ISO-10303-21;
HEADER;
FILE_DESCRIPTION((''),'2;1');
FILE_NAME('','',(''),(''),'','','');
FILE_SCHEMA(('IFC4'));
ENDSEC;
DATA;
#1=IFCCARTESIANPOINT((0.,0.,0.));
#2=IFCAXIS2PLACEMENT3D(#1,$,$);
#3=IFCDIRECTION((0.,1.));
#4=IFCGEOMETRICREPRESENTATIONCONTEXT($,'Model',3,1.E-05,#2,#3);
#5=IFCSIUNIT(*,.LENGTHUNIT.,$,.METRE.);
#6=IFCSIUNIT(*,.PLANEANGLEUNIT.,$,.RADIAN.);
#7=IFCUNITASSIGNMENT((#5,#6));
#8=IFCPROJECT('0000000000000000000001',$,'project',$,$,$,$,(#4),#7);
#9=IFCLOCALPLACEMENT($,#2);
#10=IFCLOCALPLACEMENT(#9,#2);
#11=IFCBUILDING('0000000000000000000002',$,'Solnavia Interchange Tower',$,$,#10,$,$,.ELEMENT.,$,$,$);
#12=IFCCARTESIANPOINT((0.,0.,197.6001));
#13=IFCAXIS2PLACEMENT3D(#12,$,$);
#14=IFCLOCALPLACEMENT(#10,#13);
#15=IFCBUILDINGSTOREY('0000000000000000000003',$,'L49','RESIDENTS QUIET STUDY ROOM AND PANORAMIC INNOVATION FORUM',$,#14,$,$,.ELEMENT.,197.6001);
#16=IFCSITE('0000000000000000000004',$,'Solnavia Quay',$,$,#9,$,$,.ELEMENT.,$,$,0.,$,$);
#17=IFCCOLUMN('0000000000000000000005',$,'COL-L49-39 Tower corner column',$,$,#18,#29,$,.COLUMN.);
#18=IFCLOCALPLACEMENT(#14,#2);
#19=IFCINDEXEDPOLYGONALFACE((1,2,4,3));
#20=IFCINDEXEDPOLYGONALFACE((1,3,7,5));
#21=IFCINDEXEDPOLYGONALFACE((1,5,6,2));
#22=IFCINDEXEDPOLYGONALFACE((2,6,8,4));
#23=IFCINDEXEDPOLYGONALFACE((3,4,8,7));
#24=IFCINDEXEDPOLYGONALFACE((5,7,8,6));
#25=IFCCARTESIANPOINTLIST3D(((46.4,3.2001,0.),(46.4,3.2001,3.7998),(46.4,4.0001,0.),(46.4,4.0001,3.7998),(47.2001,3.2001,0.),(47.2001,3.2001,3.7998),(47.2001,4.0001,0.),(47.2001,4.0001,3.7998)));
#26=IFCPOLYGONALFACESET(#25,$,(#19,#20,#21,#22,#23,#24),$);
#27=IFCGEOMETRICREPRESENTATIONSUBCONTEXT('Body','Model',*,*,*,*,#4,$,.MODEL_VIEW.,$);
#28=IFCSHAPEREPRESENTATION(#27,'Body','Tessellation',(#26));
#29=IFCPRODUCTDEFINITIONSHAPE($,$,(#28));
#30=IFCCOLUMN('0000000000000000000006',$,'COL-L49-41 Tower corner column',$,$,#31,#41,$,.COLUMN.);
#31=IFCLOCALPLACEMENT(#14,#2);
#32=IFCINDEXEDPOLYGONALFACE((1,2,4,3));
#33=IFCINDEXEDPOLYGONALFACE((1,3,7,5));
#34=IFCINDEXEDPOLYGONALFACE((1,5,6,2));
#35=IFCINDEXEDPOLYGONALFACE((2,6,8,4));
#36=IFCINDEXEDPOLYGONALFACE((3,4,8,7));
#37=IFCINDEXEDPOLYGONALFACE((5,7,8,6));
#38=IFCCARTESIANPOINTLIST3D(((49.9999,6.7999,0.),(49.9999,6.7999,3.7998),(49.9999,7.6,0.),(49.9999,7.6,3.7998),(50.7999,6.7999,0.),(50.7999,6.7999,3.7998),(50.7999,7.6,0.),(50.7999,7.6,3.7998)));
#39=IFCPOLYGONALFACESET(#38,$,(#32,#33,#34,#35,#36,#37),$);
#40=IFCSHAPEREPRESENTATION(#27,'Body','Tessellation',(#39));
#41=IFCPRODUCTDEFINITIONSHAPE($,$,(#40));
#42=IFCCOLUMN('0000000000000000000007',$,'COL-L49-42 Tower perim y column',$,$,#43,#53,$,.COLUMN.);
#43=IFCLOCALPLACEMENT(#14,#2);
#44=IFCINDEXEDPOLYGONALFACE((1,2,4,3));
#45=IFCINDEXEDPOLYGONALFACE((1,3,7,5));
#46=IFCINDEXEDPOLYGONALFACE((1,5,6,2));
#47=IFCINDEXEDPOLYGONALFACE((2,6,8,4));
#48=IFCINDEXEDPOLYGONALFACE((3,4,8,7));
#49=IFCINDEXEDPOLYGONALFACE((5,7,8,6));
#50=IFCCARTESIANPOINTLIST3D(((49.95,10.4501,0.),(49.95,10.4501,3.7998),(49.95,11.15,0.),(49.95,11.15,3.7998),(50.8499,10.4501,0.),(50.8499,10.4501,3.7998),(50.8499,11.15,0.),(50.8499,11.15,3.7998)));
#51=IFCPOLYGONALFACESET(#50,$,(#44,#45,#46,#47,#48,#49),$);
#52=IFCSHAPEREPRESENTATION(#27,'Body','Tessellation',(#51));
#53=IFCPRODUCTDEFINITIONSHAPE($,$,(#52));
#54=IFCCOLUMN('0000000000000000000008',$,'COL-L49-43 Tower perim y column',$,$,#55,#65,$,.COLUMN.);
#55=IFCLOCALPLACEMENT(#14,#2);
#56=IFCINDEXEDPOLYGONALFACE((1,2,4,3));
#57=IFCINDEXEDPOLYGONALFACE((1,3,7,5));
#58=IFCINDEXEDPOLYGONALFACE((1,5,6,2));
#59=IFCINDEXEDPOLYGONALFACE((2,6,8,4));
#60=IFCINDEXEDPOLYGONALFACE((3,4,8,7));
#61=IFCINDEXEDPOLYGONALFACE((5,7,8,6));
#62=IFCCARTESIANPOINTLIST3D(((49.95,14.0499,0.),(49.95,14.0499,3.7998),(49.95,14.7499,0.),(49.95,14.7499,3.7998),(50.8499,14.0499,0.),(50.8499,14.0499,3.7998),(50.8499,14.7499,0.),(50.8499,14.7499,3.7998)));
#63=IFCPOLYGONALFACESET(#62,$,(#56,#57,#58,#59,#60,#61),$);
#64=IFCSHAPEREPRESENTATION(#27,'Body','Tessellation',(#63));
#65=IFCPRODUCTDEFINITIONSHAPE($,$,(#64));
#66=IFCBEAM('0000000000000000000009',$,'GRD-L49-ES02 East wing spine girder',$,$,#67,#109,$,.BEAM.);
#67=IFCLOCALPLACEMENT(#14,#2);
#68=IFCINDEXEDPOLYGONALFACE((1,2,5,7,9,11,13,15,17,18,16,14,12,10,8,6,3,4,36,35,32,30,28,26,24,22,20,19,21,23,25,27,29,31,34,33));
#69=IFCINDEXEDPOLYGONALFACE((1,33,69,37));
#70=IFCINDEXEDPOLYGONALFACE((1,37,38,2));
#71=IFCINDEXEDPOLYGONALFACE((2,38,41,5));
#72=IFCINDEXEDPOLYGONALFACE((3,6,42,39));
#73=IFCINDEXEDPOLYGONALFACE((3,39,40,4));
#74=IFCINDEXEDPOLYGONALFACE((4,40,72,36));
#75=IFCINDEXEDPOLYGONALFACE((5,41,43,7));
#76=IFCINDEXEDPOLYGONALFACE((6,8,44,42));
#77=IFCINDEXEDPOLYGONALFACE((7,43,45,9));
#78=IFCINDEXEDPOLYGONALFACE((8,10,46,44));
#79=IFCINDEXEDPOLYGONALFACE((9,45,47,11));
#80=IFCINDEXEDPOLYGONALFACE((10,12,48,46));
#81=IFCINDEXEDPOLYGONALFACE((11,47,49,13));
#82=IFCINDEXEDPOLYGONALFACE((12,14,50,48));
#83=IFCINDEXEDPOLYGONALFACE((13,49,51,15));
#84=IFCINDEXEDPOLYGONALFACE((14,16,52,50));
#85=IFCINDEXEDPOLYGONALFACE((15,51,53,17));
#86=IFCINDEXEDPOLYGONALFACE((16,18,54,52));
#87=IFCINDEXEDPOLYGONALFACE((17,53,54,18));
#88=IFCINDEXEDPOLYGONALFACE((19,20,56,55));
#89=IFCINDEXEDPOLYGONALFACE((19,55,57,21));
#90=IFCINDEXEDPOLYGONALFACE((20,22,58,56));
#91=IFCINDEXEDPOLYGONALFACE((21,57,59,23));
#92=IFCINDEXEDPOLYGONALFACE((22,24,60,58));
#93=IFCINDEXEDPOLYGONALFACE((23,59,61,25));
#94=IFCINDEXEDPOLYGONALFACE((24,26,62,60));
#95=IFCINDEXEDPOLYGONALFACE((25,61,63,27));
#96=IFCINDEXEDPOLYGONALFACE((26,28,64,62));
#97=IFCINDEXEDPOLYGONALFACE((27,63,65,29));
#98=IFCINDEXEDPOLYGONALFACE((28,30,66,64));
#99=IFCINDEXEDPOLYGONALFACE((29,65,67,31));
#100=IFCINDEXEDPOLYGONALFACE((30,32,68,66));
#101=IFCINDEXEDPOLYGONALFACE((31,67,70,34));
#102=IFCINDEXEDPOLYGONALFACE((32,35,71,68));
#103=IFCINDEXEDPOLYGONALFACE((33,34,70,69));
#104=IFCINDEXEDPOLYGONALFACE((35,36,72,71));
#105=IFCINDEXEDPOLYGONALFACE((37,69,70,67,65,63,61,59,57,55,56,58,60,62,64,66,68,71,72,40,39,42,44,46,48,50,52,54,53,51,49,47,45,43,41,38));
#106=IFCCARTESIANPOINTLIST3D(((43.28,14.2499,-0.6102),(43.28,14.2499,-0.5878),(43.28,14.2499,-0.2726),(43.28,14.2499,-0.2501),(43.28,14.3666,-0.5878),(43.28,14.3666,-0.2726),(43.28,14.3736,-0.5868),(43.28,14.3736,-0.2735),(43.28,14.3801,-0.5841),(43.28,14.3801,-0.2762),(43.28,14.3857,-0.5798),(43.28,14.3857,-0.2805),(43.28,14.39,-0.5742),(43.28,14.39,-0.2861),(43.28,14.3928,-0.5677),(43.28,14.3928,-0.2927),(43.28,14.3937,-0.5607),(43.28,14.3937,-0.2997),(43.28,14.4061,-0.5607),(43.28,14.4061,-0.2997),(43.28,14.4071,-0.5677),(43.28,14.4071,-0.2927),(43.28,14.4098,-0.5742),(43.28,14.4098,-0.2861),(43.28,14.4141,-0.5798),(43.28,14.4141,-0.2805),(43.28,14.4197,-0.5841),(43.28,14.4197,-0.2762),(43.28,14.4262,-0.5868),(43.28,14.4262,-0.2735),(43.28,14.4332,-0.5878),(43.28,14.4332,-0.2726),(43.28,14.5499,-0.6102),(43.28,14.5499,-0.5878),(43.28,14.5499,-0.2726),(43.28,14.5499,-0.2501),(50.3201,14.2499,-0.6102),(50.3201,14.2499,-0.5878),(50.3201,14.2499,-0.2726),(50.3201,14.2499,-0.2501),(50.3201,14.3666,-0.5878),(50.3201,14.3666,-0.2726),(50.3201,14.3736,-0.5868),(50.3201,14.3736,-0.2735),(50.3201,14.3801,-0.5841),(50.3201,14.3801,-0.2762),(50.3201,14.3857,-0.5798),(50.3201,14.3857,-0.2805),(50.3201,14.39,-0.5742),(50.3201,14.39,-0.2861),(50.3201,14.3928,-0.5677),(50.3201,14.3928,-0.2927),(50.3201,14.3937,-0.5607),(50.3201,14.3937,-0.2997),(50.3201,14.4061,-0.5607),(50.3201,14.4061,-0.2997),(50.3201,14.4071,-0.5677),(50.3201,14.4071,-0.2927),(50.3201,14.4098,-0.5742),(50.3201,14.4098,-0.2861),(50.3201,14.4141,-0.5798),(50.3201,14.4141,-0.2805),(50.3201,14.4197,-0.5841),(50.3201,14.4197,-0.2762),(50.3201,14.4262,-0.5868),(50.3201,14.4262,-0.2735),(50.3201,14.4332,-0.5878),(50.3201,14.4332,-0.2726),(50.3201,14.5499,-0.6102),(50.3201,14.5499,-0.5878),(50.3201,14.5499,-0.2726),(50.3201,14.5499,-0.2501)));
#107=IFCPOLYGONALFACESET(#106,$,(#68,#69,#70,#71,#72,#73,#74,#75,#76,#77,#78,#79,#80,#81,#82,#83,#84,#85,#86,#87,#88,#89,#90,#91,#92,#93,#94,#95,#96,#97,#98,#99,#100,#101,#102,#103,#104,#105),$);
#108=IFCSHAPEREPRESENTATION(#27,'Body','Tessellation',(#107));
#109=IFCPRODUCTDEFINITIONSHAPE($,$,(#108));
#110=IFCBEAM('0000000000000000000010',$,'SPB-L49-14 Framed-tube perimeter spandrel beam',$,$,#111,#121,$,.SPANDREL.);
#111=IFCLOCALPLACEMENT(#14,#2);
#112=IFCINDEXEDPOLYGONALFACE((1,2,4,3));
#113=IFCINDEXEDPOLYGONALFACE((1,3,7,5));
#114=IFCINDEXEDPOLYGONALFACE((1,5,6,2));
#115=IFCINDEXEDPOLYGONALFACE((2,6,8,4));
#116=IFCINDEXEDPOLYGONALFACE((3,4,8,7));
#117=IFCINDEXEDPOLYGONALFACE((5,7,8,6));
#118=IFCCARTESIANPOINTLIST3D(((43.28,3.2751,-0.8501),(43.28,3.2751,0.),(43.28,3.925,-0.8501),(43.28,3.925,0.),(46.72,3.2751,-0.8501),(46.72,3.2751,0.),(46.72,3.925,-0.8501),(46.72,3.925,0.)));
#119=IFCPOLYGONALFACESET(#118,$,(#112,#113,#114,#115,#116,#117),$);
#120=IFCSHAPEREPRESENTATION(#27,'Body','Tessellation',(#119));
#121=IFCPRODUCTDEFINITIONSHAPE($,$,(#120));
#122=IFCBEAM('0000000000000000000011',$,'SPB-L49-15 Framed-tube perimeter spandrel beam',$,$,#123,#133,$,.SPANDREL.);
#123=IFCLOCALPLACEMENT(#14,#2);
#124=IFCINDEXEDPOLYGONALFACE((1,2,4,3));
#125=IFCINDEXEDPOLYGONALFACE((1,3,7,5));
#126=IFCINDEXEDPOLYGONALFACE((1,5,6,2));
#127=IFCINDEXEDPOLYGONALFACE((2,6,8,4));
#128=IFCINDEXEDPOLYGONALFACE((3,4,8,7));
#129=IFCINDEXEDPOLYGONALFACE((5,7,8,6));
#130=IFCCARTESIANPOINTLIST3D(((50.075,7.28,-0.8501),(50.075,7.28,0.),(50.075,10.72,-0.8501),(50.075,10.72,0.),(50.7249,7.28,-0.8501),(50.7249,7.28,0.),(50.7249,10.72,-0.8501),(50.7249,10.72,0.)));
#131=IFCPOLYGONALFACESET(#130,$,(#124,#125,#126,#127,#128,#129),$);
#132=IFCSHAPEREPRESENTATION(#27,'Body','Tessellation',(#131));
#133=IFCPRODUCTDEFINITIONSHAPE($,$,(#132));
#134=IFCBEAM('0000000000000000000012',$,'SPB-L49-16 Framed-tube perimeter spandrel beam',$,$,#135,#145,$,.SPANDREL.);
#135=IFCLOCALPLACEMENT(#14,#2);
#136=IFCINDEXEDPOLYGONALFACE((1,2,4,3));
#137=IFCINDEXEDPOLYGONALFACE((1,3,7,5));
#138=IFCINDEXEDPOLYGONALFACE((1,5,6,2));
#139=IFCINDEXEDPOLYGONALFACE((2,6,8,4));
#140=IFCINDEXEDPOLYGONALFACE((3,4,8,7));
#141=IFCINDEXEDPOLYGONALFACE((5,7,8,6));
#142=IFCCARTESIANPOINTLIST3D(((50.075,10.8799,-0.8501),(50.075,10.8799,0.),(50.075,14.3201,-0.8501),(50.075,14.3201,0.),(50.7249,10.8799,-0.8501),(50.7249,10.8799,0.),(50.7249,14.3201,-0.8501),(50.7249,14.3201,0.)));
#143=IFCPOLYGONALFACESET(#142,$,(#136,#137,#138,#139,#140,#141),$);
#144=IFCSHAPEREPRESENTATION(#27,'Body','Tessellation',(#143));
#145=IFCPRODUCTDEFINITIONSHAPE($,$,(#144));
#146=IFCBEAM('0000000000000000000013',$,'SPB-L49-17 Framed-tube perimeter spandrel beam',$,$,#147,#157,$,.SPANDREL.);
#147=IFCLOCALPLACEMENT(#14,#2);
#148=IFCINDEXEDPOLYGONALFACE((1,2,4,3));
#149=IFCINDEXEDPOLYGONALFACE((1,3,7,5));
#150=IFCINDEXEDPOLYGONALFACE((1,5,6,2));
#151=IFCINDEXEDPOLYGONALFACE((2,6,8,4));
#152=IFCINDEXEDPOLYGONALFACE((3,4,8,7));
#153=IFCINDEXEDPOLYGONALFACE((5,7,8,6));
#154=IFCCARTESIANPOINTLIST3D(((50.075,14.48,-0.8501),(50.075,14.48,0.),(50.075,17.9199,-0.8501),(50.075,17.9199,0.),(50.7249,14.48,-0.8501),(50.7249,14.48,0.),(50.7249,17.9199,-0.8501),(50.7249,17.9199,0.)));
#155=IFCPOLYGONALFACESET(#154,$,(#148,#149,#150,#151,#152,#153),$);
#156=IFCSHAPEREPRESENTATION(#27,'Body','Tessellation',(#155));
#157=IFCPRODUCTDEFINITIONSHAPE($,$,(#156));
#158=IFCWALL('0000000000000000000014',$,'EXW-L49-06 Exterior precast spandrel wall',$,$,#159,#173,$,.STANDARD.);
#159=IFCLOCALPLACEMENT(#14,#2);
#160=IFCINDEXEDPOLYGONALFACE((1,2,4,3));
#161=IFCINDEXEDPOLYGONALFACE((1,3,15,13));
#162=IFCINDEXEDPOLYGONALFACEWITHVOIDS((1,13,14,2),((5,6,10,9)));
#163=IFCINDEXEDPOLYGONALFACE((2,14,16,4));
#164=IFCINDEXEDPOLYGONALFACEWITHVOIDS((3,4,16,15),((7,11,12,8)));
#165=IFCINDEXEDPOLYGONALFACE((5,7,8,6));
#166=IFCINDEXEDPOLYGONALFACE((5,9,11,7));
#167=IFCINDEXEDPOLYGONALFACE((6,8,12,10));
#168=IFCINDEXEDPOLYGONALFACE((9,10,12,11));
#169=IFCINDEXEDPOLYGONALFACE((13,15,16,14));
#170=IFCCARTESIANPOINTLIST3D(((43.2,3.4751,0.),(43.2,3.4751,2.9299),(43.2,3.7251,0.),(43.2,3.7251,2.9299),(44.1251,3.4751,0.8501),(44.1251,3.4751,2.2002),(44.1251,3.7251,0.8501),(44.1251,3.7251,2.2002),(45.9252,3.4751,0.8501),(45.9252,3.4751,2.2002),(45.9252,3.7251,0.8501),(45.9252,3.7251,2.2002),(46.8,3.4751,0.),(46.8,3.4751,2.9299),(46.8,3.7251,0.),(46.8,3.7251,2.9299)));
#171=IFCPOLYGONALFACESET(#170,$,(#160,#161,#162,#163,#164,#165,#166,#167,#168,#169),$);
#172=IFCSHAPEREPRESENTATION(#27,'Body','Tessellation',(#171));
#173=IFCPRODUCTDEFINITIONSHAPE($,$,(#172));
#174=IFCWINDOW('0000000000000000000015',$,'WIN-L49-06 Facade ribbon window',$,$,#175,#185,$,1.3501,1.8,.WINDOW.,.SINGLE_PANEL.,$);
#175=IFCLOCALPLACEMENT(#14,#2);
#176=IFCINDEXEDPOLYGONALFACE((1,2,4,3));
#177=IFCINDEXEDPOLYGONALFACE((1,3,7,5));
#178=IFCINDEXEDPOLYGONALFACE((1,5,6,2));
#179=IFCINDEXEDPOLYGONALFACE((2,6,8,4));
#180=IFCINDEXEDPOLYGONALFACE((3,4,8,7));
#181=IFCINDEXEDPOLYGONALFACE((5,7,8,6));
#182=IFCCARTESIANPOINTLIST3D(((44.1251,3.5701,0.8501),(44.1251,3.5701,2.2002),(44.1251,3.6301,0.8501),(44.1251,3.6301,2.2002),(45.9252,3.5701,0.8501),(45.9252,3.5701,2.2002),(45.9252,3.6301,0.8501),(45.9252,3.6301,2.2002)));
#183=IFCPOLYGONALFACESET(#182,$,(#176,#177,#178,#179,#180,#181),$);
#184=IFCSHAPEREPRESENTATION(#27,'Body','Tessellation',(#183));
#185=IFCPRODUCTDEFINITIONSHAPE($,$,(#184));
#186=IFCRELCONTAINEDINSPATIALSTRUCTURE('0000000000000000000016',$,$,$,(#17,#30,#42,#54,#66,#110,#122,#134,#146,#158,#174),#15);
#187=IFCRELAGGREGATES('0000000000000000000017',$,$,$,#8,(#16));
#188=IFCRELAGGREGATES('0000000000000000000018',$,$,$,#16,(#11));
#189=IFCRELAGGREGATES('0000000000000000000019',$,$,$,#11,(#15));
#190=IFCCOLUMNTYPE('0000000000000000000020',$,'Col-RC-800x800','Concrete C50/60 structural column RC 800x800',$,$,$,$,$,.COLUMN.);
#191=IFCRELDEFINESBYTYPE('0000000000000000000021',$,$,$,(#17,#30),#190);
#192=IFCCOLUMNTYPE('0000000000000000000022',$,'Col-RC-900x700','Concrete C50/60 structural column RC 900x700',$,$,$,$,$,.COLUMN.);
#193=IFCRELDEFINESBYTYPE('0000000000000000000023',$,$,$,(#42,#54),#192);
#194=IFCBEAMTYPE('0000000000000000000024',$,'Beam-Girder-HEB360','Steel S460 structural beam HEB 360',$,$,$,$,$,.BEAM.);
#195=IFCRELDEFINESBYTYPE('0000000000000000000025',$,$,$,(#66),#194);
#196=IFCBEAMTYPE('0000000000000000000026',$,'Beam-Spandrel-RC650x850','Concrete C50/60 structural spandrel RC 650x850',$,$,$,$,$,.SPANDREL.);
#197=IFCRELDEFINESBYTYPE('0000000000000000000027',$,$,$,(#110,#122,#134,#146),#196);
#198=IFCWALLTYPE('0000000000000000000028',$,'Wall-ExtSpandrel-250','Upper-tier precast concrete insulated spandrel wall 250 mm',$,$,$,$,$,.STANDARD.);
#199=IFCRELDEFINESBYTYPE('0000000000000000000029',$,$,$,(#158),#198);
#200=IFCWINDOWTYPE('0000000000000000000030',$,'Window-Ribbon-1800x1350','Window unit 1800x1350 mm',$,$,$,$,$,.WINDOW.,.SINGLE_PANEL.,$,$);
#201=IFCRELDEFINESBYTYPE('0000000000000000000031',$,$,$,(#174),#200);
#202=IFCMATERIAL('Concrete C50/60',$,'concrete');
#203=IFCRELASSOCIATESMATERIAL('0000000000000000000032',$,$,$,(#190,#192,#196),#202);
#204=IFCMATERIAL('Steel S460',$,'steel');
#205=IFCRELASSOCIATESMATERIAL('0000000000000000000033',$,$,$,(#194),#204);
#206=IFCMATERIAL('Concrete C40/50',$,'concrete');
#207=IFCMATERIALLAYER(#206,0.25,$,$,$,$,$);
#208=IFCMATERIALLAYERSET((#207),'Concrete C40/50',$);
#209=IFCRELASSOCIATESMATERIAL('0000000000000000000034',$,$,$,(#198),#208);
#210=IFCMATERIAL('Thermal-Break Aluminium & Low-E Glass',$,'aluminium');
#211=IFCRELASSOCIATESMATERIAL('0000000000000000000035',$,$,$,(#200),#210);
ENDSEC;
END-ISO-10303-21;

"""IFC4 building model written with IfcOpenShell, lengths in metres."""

from ifc_helpers import new_model, si_unit, direction, frame, frame_2d, origin, origin_2d, place, context, subcontext, project, spatial, rectangle, i_section, extrude, material, layer, layer_set, material_profile, profile_set, type_object, element, fill, save


model = new_model("IFC4")

# Units and contexts
model_context = context("Model", 3, precision=1e-05, world=origin(), true_north=direction((0.0, 1.0)))
body_context = subcontext(model_context, "Body", "Model", "MODEL_VIEW")
ifc_project = project(units=[si_unit("LENGTHUNIT", "METRE"), si_unit("PLANEANGLEUNIT", "RADIAN")], contexts=[model_context])

# Site, building, storey
site_placement = place(None, origin())
site = spatial("IfcSite", under=ifc_project, at=site_placement, Name="Solnavia Quay", CompositionType="ELEMENT", RefElevation=0.0)
building_placement = place(site_placement, origin())
building = spatial("IfcBuilding", under=site, at=building_placement, Name="Solnavia Interchange Tower", CompositionType="ELEMENT")
storey_placement = place(building_placement, frame((0.0, 0.0, 197.6001)))
storey = spatial("IfcBuildingStorey", under=building, at=storey_placement, Name="L49", Description="RESIDENTS QUIET STUDY ROOM AND PANORAMIC INNOVATION FORUM", CompositionType="ELEMENT", Elevation=197.6001)

# Columns
ifc_material_1 = material(Name="Concrete C50/60", Category="concrete")
ifc_material_profile_1 = material_profile(ifc_material_1, rectangle(XDim=0.8, YDim=0.8, at=origin_2d()), Name="RC 800x800")
ifc_profile_set_1 = profile_set([ifc_material_profile_1], Name="Concrete C50/60")
column_type_1 = type_object("IfcColumnType", Name="Col-RC-800x800", Description="Concrete C50/60 structural column RC 800x800", PredefinedType="COLUMN", material=ifc_profile_set_1)
for number, where, z_axis, x_axis, name in (
    (1, (46.8, 3.6001, 0.0), (0.0, 0.0, 1.0), (1.0, 0.0, 0.0), "COL-L49-39 Tower corner column"),
    (2, (50.3999, 7.2, 0.0), (0.0, 0.0, 1.0), (1.0, 0.0, 0.0), "COL-L49-41 Tower corner column"),
):
    element("IfcColumn", number, at=place(storey_placement, frame(where, z_axis=z_axis, x_axis=x_axis)), inside=storey, type_object=column_type_1, Name=name, PredefinedType="COLUMN", context=body_context, shape_type="SweptSolid", body=[
        extrude(rectangle(XDim=0.8, YDim=0.8, at=origin_2d()), origin(), (0.0, 0.0, 1.0), 3.7998),
    ])
ifc_material_profile_2 = material_profile(ifc_material_1, rectangle(XDim=0.7, YDim=0.8999, at=origin_2d()), Name="RC 900x700")
ifc_profile_set_2 = profile_set([ifc_material_profile_2], Name="Concrete C50/60")
column_type_2 = type_object("IfcColumnType", Name="Col-RC-900x700", Description="Concrete C50/60 structural column RC 900x700", PredefinedType="COLUMN", material=ifc_profile_set_2)
for number, where, z_axis, x_axis, name in (
    (3, (50.3999, 10.8, 0.0), (0.0, 0.0, 1.0), (0.0, 1.0, 0.0), "COL-L49-42 Tower perim y column"),
    (4, (50.3999, 14.3999, 0.0), (0.0, 0.0, 1.0), (0.0, 1.0, 0.0), "COL-L49-43 Tower perim y column"),
):
    element("IfcColumn", number, at=place(storey_placement, frame(where, z_axis=z_axis, x_axis=x_axis)), inside=storey, type_object=column_type_2, Name=name, PredefinedType="COLUMN", context=body_context, shape_type="SweptSolid", body=[
        extrude(rectangle(XDim=0.7, YDim=0.8999, at=origin_2d()), origin(), (0.0, 0.0, 1.0), 3.7998),
    ])

# Beams
ifc_material_2 = material(Name="Steel S460", Category="steel")
ifc_material_profile_3 = material_profile(ifc_material_2, i_section(OverallWidth=0.3, OverallDepth=0.3601, WebThickness=0.0125, FlangeThickness=0.0225, FilletRadius=0.0271, at=origin_2d()), Name="HEB 360")
ifc_profile_set_3 = profile_set([ifc_material_profile_3], Name="Steel S460")
beam_type_1 = type_object("IfcBeamType", Name="Beam-Girder-HEB360", Description="Steel S460 structural beam HEB 360", PredefinedType="BEAM", material=ifc_profile_set_3)
beam_1_placement = place(storey_placement, frame((43.28, 14.3999, -0.4302), z_axis=(1.0, 0.0, 0.0), x_axis=(0.0, 1.0, 0.0)))
element("IfcBeam", 5, at=beam_1_placement, inside=storey, type_object=beam_type_1, Name="GRD-L49-ES02 East wing spine girder", PredefinedType="BEAM", context=body_context, shape_type="SweptSolid", body=[
    extrude(i_section(OverallWidth=0.3, OverallDepth=0.3601, WebThickness=0.0125, FlangeThickness=0.0225, FilletRadius=0.0271, at=origin_2d()), origin(), (0.0, 0.0, 1.0), 7.04),
])
ifc_material_profile_4 = material_profile(ifc_material_1, rectangle(XDim=0.6499, YDim=0.8501, at=origin_2d()), Name="RC 650x850")
ifc_profile_set_4 = profile_set([ifc_material_profile_4], Name="Concrete C50/60")
beam_type_2 = type_object("IfcBeamType", Name="Beam-Spandrel-RC650x850", Description="Concrete C50/60 structural spandrel RC 650x850", PredefinedType="SPANDREL", material=ifc_profile_set_4)
for number, where, z_axis, x_axis, name in (
    (6, (43.28, 3.6001, -0.425), (1.0, 0.0, 0.0), (0.0, 1.0, 0.0), "SPB-L49-14 Framed-tube perimeter spandrel beam"),
    (7, (50.3999, 7.28, -0.425), (0.0, 1.0, 0.0), (-1.0, 0.0, 0.0), "SPB-L49-15 Framed-tube perimeter spandrel beam"),
):
    element("IfcBeam", number, at=place(storey_placement, frame(where, z_axis=z_axis, x_axis=x_axis)), inside=storey, type_object=beam_type_2, Name=name, PredefinedType="SPANDREL", context=body_context, shape_type="SweptSolid", body=[
        extrude(rectangle(XDim=0.6499, YDim=0.8501, at=origin_2d()), origin(), (0.0, 0.0, 1.0), 3.4399),
    ])
beam_2_placement = place(storey_placement, frame((50.3999, 10.8799, -0.425), z_axis=(0.0, 1.0, 0.0), x_axis=(-1.0, 0.0, 0.0)))
element("IfcBeam", 8, at=beam_2_placement, inside=storey, type_object=beam_type_2, Name="SPB-L49-16 Framed-tube perimeter spandrel beam", PredefinedType="SPANDREL", context=body_context, shape_type="SweptSolid", body=[
    extrude(rectangle(XDim=0.6499, YDim=0.8501, at=origin_2d()), origin(), (0.0, 0.0, 1.0), 3.4402),
])
beam_3_placement = place(storey_placement, frame((50.3999, 14.48, -0.425), z_axis=(0.0, 1.0, 0.0), x_axis=(-1.0, 0.0, 0.0)))
element("IfcBeam", 9, at=beam_3_placement, inside=storey, type_object=beam_type_2, Name="SPB-L49-17 Framed-tube perimeter spandrel beam", PredefinedType="SPANDREL", context=body_context, shape_type="SweptSolid", body=[
    extrude(rectangle(XDim=0.6499, YDim=0.8501, at=origin_2d()), origin(), (0.0, 0.0, 1.0), 3.4399),
])

# Wall, opening, window
ifc_material_3 = material(Name="Concrete C40/50", Category="concrete")
ifc_layer_1 = layer(ifc_material_3, 0.25)
ifc_layer_set_1 = layer_set([ifc_layer_1], Name="Concrete C40/50")
wall_type = type_object("IfcWallType", Name="Wall-ExtSpandrel-250", Description="Upper-tier precast concrete insulated spandrel wall 250 mm", PredefinedType="STANDARD", material=ifc_layer_set_1)
wall_1_placement = place(storey_placement, frame((46.8, 3.6001, 0.0), z_axis=(0.0, 0.0, 1.0), x_axis=(-1.0, 0.0, 0.0)))
wall_1 = element("IfcWall", 10, at=wall_1_placement, inside=storey, type_object=wall_type, Name="EXW-L49-06 Exterior precast spandrel wall", PredefinedType="STANDARD", context=body_context, shape_type="SweptSolid", body=[
    extrude(rectangle(XDim=3.6001, YDim=0.25, at=frame_2d((1.8, 0.0))), origin(), (0.0, 0.0, 1.0), 2.9299),
])
opening_1_placement = place(wall_1_placement, frame((0.875, 0.0, 0.8501)))
opening_1 = element("IfcOpeningElement", 11, at=opening_1_placement, cuts=wall_1, PredefinedType="OPENING", context=body_context, shape_type="SweptSolid", body=[
    extrude(rectangle(XDim=1.8, YDim=1.3501, at=frame_2d((0.8999, 0.675))), frame((0.0, 0.135, 0.0), z_axis=(0.0, -1.0, 0.0), x_axis=(1.0, 0.0, 0.0)), (0.0, 0.0, 1.0), 0.27),
])
ifc_material_4 = material(Name="Thermal-Break Aluminium & Low-E Glass", Category="aluminium")
window_type = type_object("IfcWindowType", Name="Window-Ribbon-1800x1350", Description="Window unit 1800x1350 mm", PartitioningType="SINGLE_PANEL", PredefinedType="WINDOW", material=ifc_material_4)
window_1_placement = place(opening_1_placement, origin())
window_1 = element("IfcWindow", 12, at=window_1_placement, inside=storey, type_object=window_type, Name="WIN-L49-06 Facade ribbon window", OverallHeight=1.3501, OverallWidth=1.8, PartitioningType="SINGLE_PANEL", PredefinedType="WINDOW", context=body_context, shape_type="SweptSolid", body=[
    extrude(rectangle(XDim=1.8, YDim=1.3501, at=frame_2d((0.8999, 0.675))), frame((0.0, 0.03, 0.0), z_axis=(0.0, -1.0, 0.0), x_axis=(1.0, 0.0, 0.0)), (0.0, 0.0, 1.0), 0.0601),
])
fill(opening_1, window_1)

save(model, "model.ifc")
